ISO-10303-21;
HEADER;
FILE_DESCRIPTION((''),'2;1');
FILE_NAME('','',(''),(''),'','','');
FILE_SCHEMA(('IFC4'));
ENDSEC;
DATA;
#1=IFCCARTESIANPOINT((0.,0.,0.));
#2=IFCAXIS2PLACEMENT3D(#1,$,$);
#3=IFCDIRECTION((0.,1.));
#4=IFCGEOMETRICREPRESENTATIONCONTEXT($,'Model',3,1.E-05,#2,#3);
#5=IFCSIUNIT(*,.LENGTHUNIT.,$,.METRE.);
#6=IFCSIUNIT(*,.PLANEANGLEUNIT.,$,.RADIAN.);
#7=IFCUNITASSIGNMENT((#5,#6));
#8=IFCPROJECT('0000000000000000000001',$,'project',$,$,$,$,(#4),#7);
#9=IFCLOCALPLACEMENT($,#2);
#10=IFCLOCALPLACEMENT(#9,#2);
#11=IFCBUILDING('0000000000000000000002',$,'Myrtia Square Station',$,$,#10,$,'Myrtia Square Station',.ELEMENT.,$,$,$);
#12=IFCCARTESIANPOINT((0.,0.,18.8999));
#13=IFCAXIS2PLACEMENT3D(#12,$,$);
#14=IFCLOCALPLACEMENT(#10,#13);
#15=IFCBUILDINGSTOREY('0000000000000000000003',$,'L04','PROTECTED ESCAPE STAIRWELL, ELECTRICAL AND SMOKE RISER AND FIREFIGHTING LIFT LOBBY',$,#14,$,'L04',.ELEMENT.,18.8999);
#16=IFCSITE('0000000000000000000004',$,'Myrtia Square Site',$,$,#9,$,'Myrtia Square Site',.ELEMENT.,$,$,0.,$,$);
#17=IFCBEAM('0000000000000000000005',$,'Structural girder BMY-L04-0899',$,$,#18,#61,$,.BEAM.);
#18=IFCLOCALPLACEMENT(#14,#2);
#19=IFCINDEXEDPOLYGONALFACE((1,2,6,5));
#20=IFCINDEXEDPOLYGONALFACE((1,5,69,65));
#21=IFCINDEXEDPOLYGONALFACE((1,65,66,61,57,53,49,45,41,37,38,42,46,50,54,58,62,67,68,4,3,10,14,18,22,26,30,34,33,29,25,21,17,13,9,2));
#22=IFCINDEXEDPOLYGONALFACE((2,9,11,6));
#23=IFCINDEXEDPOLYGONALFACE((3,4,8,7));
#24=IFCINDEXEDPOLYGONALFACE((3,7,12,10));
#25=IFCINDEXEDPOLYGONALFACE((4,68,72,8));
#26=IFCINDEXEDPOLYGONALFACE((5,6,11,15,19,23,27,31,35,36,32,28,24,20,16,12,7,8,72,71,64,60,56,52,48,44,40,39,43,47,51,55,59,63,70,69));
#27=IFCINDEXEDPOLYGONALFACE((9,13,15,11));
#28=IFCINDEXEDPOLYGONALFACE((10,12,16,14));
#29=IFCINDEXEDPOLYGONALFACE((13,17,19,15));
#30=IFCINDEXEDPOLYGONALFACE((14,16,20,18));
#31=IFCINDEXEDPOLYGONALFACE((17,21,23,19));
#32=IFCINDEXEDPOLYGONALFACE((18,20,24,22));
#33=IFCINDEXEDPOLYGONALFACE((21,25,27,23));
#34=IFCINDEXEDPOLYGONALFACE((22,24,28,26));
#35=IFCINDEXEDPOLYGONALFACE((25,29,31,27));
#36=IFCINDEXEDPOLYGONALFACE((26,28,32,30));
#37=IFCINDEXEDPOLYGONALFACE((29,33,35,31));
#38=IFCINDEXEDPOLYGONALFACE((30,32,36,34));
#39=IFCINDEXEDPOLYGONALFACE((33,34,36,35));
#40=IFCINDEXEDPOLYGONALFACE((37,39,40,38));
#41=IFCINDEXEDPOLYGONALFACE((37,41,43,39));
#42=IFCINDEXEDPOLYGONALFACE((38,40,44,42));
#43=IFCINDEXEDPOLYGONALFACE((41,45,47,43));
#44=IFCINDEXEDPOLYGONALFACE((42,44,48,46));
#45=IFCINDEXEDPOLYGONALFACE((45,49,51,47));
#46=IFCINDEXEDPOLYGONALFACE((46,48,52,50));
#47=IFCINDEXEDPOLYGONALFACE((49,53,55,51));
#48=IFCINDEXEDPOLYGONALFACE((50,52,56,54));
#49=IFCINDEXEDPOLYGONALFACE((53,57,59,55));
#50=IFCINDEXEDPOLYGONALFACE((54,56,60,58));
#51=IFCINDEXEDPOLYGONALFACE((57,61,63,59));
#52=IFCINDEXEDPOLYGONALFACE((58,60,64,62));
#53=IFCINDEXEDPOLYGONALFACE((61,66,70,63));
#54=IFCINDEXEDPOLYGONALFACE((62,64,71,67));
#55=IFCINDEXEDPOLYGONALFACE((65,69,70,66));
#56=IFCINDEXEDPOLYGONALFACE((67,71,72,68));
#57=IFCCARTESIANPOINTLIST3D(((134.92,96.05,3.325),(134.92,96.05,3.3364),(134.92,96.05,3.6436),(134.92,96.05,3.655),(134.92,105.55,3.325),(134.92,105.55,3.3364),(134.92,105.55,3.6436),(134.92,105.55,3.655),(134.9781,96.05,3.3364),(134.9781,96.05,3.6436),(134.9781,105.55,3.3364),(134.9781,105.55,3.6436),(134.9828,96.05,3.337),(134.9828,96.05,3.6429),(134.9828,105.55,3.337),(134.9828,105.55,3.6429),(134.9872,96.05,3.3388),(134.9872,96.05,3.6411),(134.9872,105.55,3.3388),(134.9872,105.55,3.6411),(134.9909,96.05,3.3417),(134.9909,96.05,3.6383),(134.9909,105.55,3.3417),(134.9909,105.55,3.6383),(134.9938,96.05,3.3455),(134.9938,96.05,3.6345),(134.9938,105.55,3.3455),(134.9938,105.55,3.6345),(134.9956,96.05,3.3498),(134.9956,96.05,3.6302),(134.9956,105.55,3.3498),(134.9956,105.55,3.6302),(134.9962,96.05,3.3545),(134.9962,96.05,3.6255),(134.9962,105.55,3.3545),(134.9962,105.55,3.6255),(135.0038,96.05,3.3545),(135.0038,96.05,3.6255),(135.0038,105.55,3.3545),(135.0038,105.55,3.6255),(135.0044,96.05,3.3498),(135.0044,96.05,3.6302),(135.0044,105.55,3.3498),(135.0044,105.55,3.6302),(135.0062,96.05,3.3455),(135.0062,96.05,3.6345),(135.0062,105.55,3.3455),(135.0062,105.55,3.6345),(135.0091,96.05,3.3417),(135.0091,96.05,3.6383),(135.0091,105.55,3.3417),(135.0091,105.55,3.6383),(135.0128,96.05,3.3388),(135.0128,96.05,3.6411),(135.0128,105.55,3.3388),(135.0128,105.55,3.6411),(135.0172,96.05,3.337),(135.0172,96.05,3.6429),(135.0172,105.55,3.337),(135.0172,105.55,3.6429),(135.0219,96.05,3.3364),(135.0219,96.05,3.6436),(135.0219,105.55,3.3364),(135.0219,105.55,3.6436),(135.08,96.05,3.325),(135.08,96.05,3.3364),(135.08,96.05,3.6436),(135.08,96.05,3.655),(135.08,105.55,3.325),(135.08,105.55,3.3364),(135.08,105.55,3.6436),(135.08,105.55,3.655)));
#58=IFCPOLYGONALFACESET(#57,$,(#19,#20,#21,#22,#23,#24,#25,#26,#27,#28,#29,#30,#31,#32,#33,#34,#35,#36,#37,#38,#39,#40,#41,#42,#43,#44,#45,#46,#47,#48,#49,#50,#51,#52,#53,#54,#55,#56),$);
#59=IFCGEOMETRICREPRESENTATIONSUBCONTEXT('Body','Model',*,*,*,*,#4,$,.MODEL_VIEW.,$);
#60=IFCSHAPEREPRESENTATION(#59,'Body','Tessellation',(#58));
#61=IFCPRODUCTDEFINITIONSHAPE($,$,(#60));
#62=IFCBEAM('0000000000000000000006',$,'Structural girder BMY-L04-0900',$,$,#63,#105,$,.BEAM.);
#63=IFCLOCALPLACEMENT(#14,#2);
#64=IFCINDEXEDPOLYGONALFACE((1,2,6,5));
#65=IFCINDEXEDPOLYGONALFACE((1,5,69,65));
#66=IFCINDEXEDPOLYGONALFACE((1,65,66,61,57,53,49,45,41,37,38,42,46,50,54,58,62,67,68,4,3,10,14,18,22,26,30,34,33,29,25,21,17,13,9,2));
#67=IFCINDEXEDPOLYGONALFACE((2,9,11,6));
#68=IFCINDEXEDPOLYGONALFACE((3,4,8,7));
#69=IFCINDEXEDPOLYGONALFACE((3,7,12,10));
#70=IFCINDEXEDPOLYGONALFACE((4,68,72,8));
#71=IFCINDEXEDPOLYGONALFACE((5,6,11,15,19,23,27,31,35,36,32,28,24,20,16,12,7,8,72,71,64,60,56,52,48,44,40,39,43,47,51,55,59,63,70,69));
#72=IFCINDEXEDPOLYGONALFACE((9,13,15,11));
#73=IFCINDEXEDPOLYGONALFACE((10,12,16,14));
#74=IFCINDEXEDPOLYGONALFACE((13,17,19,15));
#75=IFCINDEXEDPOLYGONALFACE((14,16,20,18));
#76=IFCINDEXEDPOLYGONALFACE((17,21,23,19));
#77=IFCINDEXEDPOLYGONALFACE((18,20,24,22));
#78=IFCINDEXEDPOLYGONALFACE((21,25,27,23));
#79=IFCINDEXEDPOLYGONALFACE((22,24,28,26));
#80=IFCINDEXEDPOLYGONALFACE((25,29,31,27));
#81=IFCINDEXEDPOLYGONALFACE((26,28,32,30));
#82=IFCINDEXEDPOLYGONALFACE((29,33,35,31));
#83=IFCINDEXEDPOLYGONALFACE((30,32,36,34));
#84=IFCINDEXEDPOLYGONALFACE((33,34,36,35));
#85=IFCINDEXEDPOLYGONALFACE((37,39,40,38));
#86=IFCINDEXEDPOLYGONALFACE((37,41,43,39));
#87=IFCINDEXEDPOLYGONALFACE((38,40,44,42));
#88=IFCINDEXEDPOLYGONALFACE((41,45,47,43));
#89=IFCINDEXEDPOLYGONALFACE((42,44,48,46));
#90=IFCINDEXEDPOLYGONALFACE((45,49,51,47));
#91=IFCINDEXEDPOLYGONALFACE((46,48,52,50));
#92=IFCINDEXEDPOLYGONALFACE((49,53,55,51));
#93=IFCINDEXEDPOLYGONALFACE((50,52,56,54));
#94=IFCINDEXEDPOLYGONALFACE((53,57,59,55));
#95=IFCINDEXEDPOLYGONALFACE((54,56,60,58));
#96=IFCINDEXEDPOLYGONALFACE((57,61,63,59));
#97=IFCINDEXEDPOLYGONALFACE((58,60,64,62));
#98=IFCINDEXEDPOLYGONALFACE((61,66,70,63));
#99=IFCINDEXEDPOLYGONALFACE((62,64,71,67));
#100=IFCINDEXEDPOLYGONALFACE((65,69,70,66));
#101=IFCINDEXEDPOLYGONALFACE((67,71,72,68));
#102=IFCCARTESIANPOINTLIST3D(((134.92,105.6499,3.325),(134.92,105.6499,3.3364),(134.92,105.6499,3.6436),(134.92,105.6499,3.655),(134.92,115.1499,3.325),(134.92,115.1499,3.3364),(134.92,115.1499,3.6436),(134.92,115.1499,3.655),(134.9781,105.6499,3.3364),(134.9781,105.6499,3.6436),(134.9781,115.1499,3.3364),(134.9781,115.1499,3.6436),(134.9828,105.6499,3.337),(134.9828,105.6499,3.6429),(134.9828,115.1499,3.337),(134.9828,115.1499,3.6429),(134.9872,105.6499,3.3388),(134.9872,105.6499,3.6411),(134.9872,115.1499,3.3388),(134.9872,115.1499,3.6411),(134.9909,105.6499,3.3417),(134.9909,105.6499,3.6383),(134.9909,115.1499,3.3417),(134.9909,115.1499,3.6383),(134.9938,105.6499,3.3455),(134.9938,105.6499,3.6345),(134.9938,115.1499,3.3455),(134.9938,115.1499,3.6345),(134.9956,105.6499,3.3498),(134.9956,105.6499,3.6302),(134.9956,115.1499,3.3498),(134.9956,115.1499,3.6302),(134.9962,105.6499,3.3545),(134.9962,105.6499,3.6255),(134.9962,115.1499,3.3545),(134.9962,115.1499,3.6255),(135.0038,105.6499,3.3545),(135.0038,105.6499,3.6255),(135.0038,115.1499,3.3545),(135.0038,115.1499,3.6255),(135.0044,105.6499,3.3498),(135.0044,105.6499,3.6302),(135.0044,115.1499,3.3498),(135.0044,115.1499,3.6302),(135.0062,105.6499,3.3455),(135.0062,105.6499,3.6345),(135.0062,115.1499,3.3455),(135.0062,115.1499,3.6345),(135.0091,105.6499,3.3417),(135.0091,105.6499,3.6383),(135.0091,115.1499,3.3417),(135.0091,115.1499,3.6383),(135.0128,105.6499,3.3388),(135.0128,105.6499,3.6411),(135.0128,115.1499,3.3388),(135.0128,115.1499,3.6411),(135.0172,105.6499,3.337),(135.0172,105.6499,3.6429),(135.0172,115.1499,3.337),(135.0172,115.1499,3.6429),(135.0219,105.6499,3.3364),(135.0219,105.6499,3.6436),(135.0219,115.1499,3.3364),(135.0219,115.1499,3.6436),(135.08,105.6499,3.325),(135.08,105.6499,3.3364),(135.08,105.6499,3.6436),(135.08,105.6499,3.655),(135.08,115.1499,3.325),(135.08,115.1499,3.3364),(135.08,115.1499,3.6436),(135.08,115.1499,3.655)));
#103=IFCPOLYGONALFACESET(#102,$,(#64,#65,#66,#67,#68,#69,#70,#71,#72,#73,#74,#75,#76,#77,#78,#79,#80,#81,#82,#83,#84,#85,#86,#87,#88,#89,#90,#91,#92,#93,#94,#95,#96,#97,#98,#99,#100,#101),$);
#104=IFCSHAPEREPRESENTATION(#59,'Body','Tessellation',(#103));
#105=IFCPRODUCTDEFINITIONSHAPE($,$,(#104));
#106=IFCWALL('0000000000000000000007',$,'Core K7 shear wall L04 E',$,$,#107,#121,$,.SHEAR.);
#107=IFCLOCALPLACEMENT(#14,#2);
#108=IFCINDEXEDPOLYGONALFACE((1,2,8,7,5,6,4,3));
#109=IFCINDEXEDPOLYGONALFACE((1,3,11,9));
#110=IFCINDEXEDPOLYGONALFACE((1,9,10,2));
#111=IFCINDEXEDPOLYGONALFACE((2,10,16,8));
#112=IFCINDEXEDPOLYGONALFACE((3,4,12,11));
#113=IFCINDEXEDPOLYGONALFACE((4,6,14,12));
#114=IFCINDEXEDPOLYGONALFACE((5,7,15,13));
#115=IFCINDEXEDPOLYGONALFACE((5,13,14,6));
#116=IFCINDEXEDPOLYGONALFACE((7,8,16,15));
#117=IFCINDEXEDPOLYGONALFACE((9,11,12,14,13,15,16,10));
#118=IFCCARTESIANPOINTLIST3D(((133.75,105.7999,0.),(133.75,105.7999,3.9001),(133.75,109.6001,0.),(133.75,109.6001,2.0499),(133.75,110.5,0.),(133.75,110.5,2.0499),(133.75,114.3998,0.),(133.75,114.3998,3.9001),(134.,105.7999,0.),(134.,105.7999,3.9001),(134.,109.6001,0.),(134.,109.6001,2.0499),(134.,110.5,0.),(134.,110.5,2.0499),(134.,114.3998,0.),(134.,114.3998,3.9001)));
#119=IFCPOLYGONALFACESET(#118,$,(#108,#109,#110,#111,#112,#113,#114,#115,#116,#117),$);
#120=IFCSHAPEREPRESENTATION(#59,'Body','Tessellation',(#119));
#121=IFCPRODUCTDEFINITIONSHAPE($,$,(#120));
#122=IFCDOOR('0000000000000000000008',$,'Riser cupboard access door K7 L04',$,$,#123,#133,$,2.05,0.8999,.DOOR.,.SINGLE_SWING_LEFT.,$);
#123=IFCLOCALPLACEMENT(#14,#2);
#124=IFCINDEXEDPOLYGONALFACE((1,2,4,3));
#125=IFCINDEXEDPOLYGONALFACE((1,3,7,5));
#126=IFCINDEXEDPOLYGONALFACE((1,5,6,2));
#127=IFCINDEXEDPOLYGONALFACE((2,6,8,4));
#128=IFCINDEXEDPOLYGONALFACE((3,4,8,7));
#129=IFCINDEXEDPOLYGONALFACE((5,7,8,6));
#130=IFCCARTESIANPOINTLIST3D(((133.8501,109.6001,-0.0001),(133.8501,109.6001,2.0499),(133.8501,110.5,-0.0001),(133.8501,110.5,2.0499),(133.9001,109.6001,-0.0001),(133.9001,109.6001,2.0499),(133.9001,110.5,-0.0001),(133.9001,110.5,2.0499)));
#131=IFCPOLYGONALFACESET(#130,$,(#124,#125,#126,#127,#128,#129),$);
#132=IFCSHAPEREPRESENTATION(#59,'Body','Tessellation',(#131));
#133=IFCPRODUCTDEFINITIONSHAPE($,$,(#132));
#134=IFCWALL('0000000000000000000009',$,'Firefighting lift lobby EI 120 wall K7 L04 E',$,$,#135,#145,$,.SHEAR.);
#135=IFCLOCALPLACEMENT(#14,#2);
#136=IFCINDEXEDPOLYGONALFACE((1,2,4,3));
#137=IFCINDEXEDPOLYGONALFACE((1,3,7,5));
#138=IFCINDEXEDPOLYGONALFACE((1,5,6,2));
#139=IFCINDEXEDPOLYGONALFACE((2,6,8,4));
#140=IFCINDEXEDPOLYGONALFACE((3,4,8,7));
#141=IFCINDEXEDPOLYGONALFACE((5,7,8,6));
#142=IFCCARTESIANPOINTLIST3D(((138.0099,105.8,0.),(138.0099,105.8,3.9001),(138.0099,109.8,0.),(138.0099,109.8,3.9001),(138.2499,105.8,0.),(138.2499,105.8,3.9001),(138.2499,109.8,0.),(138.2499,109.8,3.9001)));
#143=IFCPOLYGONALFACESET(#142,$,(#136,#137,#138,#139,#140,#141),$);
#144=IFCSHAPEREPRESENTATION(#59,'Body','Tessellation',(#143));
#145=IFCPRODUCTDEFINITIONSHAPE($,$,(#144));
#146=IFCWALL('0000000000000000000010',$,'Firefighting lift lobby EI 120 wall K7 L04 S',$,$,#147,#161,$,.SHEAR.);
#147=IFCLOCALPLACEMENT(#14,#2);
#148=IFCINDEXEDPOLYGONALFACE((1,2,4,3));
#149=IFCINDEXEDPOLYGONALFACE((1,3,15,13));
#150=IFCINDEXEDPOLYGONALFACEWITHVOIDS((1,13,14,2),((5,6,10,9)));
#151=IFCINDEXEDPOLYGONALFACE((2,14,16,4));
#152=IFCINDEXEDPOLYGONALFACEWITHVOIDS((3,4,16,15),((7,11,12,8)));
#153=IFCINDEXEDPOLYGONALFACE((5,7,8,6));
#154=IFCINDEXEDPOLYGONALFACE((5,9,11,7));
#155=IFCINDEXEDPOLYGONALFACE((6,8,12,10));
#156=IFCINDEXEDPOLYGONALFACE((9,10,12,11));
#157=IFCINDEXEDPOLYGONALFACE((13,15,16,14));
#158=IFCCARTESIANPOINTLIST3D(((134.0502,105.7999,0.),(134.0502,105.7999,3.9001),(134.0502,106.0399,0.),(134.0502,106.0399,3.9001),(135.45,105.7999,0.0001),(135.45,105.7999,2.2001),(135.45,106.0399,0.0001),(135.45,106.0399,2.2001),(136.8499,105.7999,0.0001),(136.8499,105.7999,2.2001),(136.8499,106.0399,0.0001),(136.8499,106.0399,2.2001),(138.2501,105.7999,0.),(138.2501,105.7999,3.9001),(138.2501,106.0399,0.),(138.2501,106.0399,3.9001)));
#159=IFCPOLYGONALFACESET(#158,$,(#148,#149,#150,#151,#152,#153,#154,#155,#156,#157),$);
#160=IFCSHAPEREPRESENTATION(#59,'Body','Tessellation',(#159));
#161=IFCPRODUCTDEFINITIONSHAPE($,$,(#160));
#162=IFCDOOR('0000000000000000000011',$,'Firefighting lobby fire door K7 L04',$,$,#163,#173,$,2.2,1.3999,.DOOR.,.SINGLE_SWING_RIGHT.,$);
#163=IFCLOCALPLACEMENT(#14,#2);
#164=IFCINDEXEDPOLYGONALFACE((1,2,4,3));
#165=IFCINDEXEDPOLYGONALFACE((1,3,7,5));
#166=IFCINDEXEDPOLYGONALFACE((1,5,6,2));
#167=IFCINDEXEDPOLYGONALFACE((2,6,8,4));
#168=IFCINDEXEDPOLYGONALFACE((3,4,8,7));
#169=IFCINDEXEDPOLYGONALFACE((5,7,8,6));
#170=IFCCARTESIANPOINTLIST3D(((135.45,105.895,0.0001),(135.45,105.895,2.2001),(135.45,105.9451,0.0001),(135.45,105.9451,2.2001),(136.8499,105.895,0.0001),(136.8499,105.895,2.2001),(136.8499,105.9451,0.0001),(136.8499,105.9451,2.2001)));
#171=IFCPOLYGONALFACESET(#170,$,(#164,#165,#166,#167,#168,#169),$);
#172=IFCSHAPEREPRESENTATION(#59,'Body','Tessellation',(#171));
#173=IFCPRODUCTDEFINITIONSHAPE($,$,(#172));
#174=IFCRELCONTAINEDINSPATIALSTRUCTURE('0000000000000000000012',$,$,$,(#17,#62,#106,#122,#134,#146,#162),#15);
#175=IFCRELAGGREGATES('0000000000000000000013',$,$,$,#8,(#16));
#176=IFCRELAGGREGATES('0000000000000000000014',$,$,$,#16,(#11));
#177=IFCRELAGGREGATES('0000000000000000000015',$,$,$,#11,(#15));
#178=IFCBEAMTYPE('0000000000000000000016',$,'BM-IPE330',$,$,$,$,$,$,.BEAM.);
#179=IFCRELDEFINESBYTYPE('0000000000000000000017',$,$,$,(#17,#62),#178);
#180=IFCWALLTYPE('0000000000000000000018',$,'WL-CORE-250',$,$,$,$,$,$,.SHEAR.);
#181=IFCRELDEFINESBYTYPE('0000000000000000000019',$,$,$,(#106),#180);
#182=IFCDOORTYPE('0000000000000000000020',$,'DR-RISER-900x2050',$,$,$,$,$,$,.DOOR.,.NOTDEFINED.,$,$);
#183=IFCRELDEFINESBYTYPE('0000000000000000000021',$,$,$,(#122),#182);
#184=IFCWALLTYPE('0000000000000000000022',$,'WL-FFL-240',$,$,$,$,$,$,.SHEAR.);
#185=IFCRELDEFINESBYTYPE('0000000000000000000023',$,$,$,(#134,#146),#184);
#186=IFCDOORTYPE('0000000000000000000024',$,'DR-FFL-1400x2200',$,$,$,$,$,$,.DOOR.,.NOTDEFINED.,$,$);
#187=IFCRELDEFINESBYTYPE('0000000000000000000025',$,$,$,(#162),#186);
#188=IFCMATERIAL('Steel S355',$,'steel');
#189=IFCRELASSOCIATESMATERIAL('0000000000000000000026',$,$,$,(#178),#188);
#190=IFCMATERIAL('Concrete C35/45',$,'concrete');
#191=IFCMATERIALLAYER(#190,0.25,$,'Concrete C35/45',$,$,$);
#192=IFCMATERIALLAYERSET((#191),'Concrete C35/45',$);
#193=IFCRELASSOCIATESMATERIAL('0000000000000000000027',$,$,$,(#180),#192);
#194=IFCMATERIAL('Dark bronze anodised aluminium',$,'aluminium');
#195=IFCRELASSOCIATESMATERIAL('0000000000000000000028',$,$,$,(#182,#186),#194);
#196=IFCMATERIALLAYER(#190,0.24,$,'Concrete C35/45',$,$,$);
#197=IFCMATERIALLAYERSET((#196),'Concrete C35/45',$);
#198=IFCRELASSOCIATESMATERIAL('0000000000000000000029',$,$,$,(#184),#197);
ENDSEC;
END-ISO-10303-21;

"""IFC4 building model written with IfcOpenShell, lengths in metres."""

from ifc_helpers import new_model, si_unit, direction, frame, frame_2d, origin, origin_2d, place, context, subcontext, project, spatial, rectangle, i_section, extrude, material, layer, layer_set, material_profile, profile_set, type_object, element, fill, save


model = new_model("IFC4")

# Units and contexts
model_context = context("Model", 3, precision=1e-05, world=origin(), true_north=direction((0.0, 1.0)))
body_context = subcontext(model_context, "Body", "Model", "MODEL_VIEW")
ifc_project = project(units=[si_unit("LENGTHUNIT", "METRE"), si_unit("PLANEANGLEUNIT", "RADIAN")], contexts=[model_context])

# Site, building, storey
site_placement = place(None, origin())
site = spatial("IfcSite", under=ifc_project, at=site_placement, Name="Myrtia Square Site", LongName="Myrtia Square Site", CompositionType="ELEMENT", RefElevation=0.0)
building_placement = place(site_placement, origin())
building = spatial("IfcBuilding", under=site, at=building_placement, Name="Myrtia Square Station", LongName="Myrtia Square Station", CompositionType="ELEMENT")
storey_placement = place(building_placement, frame((0.0, 0.0, 18.8999)))
storey = spatial("IfcBuildingStorey", under=building, at=storey_placement, Name="L04", Description="PROTECTED ESCAPE STAIRWELL, ELECTRICAL AND SMOKE RISER AND FIREFIGHTING LIFT LOBBY", LongName="L04", CompositionType="ELEMENT", Elevation=18.8999)

# Shared definitions
ifc_material_1 = material(Name="Steel S355", Category="steel")

# Beams
ifc_material_profile_1 = material_profile(ifc_material_1, i_section(OverallWidth=0.1599, OverallDepth=0.3301, WebThickness=0.0076, FlangeThickness=0.0115, FilletRadius=0.0181, at=origin_2d()), Name="IPE 330")
ifc_profile_set_1 = profile_set([ifc_material_profile_1], Name="Steel S355")
beam_type_1 = type_object("IfcBeamType", Name="BM-IPE330", PredefinedType="BEAM", material=ifc_profile_set_1)
for number, where, z_axis, x_axis, name in (
    (1, (135.0, 96.05, 3.49), (0.0, 1.0, 0.0), (-1.0, 0.0, 0.0), "Structural girder BMY-L04-0899"),
    (2, (135.0, 105.6499, 3.49), (0.0, 1.0, 0.0), (-1.0, 0.0, 0.0), "Structural girder BMY-L04-0900"),
):
    element("IfcBeam", number, at=place(storey_placement, frame(where, z_axis=z_axis, x_axis=x_axis)), inside=storey, type_object=beam_type_1, Name=name, PredefinedType="BEAM", context=body_context, shape_type="SweptSolid", body=[
        extrude(i_section(OverallWidth=0.1599, OverallDepth=0.3301, WebThickness=0.0076, FlangeThickness=0.0115, FilletRadius=0.0181, at=origin_2d()), origin(), (0.0, 0.0, 1.0), 9.5),
    ])

# Wall, opening, door
ifc_material_2 = material(Name="Concrete C35/45", Category="concrete")
ifc_layer_1 = layer(ifc_material_2, 0.25, Name="Concrete C35/45")
ifc_layer_set_1 = layer_set([ifc_layer_1], Name="Concrete C35/45")
wall_type_1 = type_object("IfcWallType", Name="WL-CORE-250", PredefinedType="SHEAR", material=ifc_layer_set_1)
wall_1_placement = place(storey_placement, frame((133.875, 105.8, 0.0), z_axis=(0.0, 0.0, 1.0), x_axis=(0.0, 1.0, 0.0)))
wall_1 = element("IfcWall", 3, at=wall_1_placement, inside=storey, type_object=wall_type_1, Name="Core K7 shear wall L04 E", PredefinedType="SHEAR", context=body_context, shape_type="SweptSolid", body=[
    extrude(rectangle(XDim=8.5999, YDim=0.25, at=frame_2d((4.2998, 0.0))), origin(), (0.0, 0.0, 1.0), 3.9001),
])
opening_1_placement = place(wall_1_placement, frame((3.8, 0.0, 0.0)))
opening_1 = element("IfcOpeningElement", 4, at=opening_1_placement, cuts=wall_1, PredefinedType="OPENING", context=body_context, shape_type="SweptSolid", body=[
    extrude(rectangle(XDim=0.8999, YDim=2.05, at=frame_2d((0.45, 1.0249))), frame((0.0, 0.1399, 0.0), z_axis=(0.0, -1.0, 0.0), x_axis=(1.0, 0.0, 0.0)), (0.0, 0.0, 1.0), 0.28),
])
ifc_material_3 = material(Name="Dark bronze anodised aluminium", Category="aluminium")
door_type_1 = type_object("IfcDoorType", Name="DR-RISER-900x2050", OperationType="NOTDEFINED", PredefinedType="DOOR", material=ifc_material_3)
door_1_placement = place(opening_1_placement, origin())
door_1 = element("IfcDoor", 5, at=door_1_placement, inside=storey, type_object=door_type_1, Name="Riser cupboard access door K7 L04", OperationType="SINGLE_SWING_LEFT", OverallHeight=2.05, OverallWidth=0.8999, PredefinedType="DOOR", context=body_context, shape_type="SweptSolid", body=[
    extrude(rectangle(XDim=0.8999, YDim=2.05, at=frame_2d((0.45, 1.0249))), frame((0.0, 0.0249, 0.0), z_axis=(0.0, -1.0, 0.0), x_axis=(1.0, 0.0, 0.0)), (0.0, 0.0, 1.0), 0.05),
])
fill(opening_1, door_1)

# Wall
ifc_layer_2 = layer(ifc_material_2, 0.24, Name="Concrete C35/45")
ifc_layer_set_2 = layer_set([ifc_layer_2], Name="Concrete C35/45")
wall_type_2 = type_object("IfcWallType", Name="WL-FFL-240", PredefinedType="SHEAR", material=ifc_layer_set_2)
wall_2_placement = place(storey_placement, frame((138.1299, 105.8, 0.0), z_axis=(0.0, 0.0, 1.0), x_axis=(0.0, 1.0, 0.0)))
element("IfcWall", 6, at=wall_2_placement, inside=storey, type_object=wall_type_2, Name="Firefighting lift lobby EI 120 wall K7 L04 E", PredefinedType="SHEAR", context=body_context, shape_type="SweptSolid", body=[
    extrude(rectangle(XDim=4.0, YDim=0.24, at=frame_2d((2.0, 0.0))), origin(), (0.0, 0.0, 1.0), 3.9001),
])

# Wall, opening, door
wall_3_placement = place(storey_placement, frame((134.05, 105.9199, 0.0), z_axis=(0.0, 0.0, 1.0), x_axis=(1.0, 0.0, 0.0)))
wall_3 = element("IfcWall", 7, at=wall_3_placement, inside=storey, type_object=wall_type_2, Name="Firefighting lift lobby EI 120 wall K7 L04 S", PredefinedType="SHEAR", context=body_context, shape_type="SweptSolid", body=[
    extrude(rectangle(XDim=4.2, YDim=0.24, at=frame_2d((2.1001, 0.0))), origin(), (0.0, 0.0, 1.0), 3.9001),
])
opening_2_placement = place(wall_3_placement, frame((1.3999, 0.0, 0.0)))
opening_2 = element("IfcOpeningElement", 8, at=opening_2_placement, cuts=wall_3, PredefinedType="OPENING", context=body_context, shape_type="SweptSolid", body=[
    extrude(rectangle(XDim=1.3999, YDim=2.2, at=frame_2d((0.7, 1.1001))), frame((0.0, 0.135, 0.0), z_axis=(0.0, -1.0, 0.0), x_axis=(1.0, 0.0, 0.0)), (0.0, 0.0, 1.0), 0.27),
])
door_type_2 = type_object("IfcDoorType", Name="DR-FFL-1400x2200", OperationType="NOTDEFINED", PredefinedType="DOOR", material=ifc_material_3)
door_2_placement = place(opening_2_placement, frame((1.3999, 0.0, 0.0), z_axis=(0.0, 0.0, 1.0), x_axis=(-1.0, 0.0, 0.0)))
door_2 = element("IfcDoor", 9, at=door_2_placement, inside=storey, type_object=door_type_2, Name="Firefighting lobby fire door K7 L04", OperationType="SINGLE_SWING_RIGHT", OverallHeight=2.2, OverallWidth=1.3999, PredefinedType="DOOR", context=body_context, shape_type="SweptSolid", body=[
    extrude(rectangle(XDim=1.3999, YDim=2.2, at=frame_2d((0.7, 1.1001))), frame((0.0, 0.0249, 0.0), z_axis=(0.0, -1.0, 0.0), x_axis=(1.0, 0.0, 0.0)), (0.0, 0.0, 1.0), 0.05),
])
fill(opening_2, door_2)

save(model, "model.ifc")
